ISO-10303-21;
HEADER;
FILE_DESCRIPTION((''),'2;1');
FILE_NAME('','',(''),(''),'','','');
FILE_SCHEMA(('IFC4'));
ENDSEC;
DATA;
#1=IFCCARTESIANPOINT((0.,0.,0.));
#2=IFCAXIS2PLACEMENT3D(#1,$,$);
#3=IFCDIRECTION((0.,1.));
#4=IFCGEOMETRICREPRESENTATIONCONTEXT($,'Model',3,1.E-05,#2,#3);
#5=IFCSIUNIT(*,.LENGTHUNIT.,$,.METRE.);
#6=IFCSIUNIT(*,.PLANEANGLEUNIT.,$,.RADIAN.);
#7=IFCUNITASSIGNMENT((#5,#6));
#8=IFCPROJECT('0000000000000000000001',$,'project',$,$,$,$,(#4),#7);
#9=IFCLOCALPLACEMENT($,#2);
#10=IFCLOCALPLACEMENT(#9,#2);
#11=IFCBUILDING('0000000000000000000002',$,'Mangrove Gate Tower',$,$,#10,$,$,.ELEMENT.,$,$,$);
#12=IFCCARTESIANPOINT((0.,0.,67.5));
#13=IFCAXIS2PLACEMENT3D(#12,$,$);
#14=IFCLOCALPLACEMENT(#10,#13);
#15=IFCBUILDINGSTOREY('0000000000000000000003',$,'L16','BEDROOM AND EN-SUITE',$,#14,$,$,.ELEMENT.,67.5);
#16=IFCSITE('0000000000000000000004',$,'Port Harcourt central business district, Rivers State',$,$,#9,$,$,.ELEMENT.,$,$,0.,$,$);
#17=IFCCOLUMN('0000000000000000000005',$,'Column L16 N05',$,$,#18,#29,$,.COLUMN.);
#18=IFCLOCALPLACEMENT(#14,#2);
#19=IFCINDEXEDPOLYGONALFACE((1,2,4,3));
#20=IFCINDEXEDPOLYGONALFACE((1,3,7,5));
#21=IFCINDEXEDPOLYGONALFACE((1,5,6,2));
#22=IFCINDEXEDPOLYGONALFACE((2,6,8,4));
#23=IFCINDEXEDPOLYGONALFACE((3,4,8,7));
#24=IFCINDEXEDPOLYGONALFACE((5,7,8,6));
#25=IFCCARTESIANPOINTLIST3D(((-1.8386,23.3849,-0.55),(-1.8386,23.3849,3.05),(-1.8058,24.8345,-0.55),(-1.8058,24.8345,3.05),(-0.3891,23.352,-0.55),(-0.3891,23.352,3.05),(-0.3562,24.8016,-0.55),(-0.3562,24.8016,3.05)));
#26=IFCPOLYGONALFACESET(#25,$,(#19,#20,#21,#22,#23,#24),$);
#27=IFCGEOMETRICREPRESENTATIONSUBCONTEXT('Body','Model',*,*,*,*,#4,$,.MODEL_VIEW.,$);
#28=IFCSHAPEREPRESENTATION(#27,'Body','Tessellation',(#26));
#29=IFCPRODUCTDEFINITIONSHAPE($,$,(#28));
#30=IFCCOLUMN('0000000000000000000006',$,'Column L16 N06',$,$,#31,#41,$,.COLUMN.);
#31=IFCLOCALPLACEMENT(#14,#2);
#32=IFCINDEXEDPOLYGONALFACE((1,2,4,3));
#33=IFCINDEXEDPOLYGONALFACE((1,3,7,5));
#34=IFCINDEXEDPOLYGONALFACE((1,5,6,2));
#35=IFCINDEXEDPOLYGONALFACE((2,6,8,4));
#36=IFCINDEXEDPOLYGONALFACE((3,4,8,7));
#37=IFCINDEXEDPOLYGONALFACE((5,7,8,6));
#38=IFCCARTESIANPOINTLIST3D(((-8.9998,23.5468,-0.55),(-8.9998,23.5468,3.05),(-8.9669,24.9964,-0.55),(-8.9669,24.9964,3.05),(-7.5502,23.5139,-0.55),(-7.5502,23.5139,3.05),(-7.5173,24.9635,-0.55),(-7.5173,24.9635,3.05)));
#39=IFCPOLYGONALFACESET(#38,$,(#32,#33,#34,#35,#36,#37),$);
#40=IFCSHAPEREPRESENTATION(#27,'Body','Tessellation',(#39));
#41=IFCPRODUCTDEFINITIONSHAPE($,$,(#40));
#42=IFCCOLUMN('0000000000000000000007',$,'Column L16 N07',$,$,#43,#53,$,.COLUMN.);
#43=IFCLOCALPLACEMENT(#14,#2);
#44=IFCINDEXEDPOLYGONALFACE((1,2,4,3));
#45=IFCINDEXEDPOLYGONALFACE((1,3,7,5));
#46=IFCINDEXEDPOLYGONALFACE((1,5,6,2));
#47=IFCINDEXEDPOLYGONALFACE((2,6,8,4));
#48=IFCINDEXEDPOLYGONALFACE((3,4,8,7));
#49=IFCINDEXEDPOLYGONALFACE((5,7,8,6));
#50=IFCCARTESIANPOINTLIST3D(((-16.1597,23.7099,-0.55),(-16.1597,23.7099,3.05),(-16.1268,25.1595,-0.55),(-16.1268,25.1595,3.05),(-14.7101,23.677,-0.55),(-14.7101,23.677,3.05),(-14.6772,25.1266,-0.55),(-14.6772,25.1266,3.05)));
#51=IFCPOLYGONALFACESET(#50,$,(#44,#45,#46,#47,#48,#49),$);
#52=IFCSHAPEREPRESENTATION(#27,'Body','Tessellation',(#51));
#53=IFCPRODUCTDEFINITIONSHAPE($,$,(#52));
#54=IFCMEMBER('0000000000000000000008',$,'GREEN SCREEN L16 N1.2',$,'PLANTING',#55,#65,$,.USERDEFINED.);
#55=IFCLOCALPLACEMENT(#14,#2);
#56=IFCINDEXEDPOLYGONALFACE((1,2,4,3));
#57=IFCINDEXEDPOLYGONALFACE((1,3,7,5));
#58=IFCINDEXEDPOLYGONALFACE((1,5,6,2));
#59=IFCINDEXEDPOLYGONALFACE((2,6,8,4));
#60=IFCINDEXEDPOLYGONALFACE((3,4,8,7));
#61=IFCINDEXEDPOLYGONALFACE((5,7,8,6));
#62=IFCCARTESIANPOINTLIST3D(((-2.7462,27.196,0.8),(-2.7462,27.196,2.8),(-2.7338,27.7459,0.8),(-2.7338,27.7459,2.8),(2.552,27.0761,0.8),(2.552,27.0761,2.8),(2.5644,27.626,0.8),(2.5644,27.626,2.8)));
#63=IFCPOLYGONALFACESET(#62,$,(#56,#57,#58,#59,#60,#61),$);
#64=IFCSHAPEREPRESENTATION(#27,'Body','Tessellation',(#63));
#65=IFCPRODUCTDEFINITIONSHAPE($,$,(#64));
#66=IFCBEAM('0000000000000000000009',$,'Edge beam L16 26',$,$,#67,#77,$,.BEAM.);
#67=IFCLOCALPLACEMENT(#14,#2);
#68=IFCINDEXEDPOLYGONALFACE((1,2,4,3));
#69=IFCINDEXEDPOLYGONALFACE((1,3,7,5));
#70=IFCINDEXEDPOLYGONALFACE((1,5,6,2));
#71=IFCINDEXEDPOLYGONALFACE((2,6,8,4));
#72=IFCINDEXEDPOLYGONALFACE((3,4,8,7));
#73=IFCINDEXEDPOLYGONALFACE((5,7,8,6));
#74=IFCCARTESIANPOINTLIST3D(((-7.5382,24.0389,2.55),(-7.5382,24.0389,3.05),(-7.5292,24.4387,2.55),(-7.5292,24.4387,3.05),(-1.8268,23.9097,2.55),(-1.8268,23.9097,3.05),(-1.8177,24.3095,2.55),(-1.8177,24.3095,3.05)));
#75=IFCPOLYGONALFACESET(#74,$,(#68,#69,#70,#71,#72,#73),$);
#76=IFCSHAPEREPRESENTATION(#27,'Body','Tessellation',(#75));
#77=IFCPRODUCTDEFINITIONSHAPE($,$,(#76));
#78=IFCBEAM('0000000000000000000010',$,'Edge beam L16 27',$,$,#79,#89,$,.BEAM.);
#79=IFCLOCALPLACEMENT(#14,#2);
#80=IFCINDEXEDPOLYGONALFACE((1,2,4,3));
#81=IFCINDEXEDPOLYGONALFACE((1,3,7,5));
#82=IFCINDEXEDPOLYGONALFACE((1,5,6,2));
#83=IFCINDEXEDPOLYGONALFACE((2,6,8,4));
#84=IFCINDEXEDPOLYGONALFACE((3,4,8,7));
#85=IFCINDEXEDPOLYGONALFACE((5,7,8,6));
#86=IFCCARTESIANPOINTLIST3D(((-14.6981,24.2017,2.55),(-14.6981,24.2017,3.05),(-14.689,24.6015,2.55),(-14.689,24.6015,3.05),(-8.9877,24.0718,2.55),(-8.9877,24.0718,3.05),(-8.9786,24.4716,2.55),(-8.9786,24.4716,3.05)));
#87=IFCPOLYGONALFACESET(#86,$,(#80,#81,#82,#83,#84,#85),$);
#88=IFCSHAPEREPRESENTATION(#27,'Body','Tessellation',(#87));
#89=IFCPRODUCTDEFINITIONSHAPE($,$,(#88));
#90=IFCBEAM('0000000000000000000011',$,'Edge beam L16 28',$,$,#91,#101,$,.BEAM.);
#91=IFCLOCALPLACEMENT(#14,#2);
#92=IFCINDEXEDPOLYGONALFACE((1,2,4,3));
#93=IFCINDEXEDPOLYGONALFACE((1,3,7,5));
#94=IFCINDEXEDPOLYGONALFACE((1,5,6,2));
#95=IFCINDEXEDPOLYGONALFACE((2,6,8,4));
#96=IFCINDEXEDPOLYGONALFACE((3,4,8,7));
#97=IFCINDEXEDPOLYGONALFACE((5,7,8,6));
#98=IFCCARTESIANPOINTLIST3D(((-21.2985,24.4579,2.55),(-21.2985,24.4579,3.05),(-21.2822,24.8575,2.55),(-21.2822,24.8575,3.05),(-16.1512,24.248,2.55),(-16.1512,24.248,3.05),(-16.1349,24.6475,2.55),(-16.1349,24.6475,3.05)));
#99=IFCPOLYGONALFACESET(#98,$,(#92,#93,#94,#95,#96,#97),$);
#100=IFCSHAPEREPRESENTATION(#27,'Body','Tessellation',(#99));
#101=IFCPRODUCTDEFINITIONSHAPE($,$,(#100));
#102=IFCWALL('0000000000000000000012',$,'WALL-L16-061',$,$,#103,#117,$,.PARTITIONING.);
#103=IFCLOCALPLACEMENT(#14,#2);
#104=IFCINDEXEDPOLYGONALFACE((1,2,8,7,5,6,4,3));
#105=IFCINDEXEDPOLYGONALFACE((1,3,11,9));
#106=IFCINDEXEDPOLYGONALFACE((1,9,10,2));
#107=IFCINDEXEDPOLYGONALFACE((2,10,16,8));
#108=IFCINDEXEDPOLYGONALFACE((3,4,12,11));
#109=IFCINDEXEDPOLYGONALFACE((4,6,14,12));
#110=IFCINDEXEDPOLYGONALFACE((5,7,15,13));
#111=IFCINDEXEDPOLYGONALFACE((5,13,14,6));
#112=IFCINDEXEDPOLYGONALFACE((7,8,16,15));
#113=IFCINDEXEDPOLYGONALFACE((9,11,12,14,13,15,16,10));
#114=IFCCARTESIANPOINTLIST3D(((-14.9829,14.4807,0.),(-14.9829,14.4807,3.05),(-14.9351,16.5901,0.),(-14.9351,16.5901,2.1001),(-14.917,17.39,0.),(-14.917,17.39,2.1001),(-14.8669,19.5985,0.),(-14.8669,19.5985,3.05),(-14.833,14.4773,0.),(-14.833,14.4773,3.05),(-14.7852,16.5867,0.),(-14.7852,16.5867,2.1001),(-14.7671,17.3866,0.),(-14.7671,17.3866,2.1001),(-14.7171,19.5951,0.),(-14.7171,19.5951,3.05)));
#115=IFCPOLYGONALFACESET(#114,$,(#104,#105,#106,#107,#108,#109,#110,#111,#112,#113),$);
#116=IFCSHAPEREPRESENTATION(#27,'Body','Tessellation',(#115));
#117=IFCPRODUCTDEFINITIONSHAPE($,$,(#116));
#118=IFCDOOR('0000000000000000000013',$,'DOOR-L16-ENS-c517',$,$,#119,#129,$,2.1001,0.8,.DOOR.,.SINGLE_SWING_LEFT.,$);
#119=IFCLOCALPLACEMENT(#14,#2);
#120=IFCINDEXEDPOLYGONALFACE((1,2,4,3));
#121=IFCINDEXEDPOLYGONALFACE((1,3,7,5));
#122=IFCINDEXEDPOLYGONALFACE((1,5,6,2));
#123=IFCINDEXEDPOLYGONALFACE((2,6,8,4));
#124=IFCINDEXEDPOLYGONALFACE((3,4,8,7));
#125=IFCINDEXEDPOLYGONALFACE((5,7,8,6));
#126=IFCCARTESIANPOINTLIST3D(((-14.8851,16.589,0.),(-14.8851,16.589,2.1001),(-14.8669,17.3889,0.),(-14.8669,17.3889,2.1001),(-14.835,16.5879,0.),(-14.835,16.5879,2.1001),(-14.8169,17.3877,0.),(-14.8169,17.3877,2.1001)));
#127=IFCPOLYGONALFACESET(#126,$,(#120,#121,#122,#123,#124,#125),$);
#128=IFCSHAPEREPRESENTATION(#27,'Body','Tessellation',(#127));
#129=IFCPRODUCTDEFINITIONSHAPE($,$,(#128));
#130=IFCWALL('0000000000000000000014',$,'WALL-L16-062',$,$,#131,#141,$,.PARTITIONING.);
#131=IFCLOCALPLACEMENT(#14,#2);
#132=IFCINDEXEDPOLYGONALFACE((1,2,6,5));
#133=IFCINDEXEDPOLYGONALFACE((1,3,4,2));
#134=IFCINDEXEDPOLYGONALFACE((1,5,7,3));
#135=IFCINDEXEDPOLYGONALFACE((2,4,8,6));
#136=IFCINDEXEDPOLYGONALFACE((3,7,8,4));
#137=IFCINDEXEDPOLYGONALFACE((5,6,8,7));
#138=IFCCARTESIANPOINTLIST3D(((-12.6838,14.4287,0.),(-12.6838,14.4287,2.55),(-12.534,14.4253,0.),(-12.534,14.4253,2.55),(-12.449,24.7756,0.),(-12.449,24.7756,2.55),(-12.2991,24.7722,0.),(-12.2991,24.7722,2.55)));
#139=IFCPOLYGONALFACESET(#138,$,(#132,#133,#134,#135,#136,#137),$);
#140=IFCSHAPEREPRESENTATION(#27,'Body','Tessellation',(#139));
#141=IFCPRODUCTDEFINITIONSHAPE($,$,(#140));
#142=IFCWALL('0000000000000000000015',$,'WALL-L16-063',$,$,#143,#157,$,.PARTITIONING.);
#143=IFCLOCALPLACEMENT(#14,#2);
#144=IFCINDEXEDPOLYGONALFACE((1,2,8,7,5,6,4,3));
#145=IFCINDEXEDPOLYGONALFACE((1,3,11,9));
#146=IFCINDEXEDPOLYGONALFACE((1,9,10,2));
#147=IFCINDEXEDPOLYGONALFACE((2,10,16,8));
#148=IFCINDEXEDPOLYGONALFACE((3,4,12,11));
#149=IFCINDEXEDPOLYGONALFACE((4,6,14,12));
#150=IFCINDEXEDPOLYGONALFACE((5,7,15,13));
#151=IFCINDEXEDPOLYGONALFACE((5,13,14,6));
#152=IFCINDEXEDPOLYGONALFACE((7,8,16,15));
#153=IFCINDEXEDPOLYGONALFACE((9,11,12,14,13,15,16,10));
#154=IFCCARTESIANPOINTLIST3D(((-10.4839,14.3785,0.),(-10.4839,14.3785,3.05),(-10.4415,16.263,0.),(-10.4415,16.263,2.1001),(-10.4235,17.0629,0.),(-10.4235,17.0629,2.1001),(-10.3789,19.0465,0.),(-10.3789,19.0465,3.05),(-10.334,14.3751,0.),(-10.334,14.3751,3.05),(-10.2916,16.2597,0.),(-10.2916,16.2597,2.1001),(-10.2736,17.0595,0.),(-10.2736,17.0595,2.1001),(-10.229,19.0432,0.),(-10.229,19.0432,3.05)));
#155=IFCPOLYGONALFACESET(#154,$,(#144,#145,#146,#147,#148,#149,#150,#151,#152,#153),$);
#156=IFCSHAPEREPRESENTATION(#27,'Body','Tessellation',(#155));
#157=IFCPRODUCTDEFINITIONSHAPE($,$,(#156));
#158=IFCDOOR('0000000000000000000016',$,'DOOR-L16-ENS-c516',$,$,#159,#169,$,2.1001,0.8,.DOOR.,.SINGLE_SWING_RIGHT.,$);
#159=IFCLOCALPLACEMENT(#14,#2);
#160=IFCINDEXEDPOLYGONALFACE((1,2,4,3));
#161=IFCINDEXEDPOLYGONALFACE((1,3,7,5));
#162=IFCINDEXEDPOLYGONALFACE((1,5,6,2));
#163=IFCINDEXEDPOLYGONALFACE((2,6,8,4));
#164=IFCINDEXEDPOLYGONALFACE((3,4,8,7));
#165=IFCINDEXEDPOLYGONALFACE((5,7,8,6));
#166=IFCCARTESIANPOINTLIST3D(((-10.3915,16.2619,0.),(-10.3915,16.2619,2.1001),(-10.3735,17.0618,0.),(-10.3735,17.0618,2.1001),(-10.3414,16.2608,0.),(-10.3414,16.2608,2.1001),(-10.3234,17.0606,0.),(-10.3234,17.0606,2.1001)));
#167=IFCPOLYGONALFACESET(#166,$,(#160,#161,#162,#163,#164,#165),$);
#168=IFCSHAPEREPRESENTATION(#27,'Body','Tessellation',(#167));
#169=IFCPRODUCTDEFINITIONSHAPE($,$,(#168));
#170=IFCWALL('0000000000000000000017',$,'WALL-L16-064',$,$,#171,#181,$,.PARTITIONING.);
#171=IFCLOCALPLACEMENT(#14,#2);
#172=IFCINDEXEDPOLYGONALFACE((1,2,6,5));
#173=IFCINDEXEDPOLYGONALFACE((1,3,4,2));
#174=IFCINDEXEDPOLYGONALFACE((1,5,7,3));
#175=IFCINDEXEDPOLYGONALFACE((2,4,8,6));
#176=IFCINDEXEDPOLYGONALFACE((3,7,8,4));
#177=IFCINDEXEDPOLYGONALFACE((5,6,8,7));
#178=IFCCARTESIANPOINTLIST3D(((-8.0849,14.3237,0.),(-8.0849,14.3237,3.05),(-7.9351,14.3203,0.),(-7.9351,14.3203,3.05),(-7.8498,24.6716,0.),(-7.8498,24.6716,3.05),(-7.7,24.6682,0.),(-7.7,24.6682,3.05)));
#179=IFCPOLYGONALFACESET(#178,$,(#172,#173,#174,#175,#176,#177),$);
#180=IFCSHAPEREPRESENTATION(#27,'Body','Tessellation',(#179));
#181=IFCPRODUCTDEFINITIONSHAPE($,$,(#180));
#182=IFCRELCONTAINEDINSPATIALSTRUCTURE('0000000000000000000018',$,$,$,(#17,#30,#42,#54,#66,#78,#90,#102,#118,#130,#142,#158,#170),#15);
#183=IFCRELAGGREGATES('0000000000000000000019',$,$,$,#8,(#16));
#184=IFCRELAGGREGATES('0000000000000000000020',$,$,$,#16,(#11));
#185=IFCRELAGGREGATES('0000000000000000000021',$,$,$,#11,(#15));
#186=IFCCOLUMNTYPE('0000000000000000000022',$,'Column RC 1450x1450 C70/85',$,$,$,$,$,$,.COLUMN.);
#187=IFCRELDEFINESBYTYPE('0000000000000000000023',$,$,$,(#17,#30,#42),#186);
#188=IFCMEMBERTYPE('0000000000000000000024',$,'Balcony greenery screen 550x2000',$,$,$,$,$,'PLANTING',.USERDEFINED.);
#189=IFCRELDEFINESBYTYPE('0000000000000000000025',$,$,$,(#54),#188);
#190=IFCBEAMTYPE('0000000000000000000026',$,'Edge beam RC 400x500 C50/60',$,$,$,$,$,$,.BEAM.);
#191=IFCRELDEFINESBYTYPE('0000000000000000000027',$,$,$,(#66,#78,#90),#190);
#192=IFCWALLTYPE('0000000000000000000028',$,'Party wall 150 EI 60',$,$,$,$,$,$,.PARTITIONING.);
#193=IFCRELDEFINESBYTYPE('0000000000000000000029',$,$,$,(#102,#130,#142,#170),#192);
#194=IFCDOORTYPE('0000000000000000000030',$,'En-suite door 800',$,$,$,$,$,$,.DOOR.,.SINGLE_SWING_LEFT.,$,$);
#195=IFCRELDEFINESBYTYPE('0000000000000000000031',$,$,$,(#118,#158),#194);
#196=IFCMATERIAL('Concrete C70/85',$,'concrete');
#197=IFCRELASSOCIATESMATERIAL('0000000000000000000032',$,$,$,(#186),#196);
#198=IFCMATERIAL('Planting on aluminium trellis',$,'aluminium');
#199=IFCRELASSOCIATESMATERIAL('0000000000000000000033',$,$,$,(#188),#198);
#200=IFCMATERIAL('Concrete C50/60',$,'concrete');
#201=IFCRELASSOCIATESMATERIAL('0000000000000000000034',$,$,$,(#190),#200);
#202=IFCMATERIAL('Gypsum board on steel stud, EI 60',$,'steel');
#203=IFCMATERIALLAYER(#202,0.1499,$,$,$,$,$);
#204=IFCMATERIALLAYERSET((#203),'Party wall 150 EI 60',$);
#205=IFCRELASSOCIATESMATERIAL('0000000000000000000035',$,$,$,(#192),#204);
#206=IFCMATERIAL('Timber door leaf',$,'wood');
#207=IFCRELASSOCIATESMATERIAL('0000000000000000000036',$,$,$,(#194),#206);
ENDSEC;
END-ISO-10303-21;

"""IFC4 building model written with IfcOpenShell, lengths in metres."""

from ifc_helpers import new_model, si_unit, direction, frame, frame_2d, origin, origin_2d, place, context, subcontext, project, spatial, rectangle, extrude, material, layer, layer_set, material_profile, profile_set, type_object, element, fill, save


model = new_model("IFC4")

# Units and contexts
model_context = context("Model", 3, precision=1e-05, world=origin(), true_north=direction((0.0, 1.0)))
body_context = subcontext(model_context, "Body", "Model", "MODEL_VIEW")
ifc_project = project(units=[si_unit("LENGTHUNIT", "METRE"), si_unit("PLANEANGLEUNIT", "RADIAN")], contexts=[model_context])

# Site, building, storey
site_placement = place(None, origin())
site = spatial("IfcSite", under=ifc_project, at=site_placement, Name="Port Harcourt central business district, Rivers State", CompositionType="ELEMENT", RefElevation=0.0)
building_placement = place(site_placement, origin())
building = spatial("IfcBuilding", under=site, at=building_placement, Name="Mangrove Gate Tower", CompositionType="ELEMENT")
storey_placement = place(building_placement, frame((0.0, 0.0, 67.5)))
storey = spatial("IfcBuildingStorey", under=building, at=storey_placement, Name="L16", Description="BEDROOM AND EN-SUITE", CompositionType="ELEMENT", Elevation=67.5)

# Columns
ifc_material_1 = material(Name="Concrete C70/85", Category="concrete")
ifc_material_profile_1 = material_profile(ifc_material_1, rectangle(XDim=1.45, YDim=1.45, at=origin_2d()))
ifc_profile_set_1 = profile_set([ifc_material_profile_1], Name="Concrete C70/85")
column_type = type_object("IfcColumnType", Name="Column RC 1450x1450 C70/85", PredefinedType="COLUMN", material=ifc_profile_set_1)
for number, where, z_axis, x_axis, name in (
    (1, (-1.0974, 24.0933, -0.55), (0.0, 0.0, 1.0), (-0.999743, 0.022688, 0.0), "Column L16 N05"),
    (2, (-8.2585, 24.2551, -0.55), (0.0, 0.0, 1.0), (-0.999743, 0.022688, 0.0), "Column L16 N06"),
    (3, (-15.4185, 24.4182, -0.55), (0.0, 0.0, 1.0), (-0.999743, 0.022688, 0.0), "Column L16 N07"),
):
    element("IfcColumn", number, at=place(storey_placement, frame(where, z_axis=z_axis, x_axis=x_axis)), inside=storey, type_object=column_type, Name=name, PredefinedType="COLUMN", context=body_context, shape_type="SweptSolid", body=[
        extrude(rectangle(XDim=1.45, YDim=1.45, at=origin_2d()), origin(), (0.0, 0.0, 1.0), 3.6001),
    ])

# Member
ifc_material_2 = material(Name="Planting on aluminium trellis", Category="aluminium")
ifc_material_profile_2 = material_profile(ifc_material_2, rectangle(XDim=0.55, YDim=2.0, at=origin_2d()))
ifc_profile_set_2 = profile_set([ifc_material_profile_2], Name="Planting on aluminium trellis")
member_type = type_object("IfcMemberType", Name="Balcony greenery screen 550x2000", ElementType="PLANTING", PredefinedType="USERDEFINED", material=ifc_profile_set_2)
member_placement = place(storey_placement, frame((-2.74, 27.4709, 1.8), z_axis=(0.999744, -0.02262, 0.0), x_axis=(0.02262, 0.999744, 0.0)))
element("IfcMember", 4, at=member_placement, inside=storey, type_object=member_type, Name="GREEN SCREEN L16 N1.2", ObjectType="PLANTING", PredefinedType="USERDEFINED", context=body_context, shape_type="SweptSolid", body=[
    extrude(rectangle(XDim=0.55, YDim=2.0, at=origin_2d()), origin(), (0.0, 0.0, 1.0), 5.2996),
])

# Beams
ifc_material_3 = material(Name="Concrete C50/60", Category="concrete")
ifc_material_profile_3 = material_profile(ifc_material_3, rectangle(XDim=0.3999, YDim=0.5, at=origin_2d()))
ifc_profile_set_3 = profile_set([ifc_material_profile_3], Name="Concrete C50/60")
beam_type = type_object("IfcBeamType", Name="Edge beam RC 400x500 C50/60", PredefinedType="BEAM", material=ifc_profile_set_3)
beam_1_placement = place(storey_placement, frame((-1.8223, 24.1096, 2.8), z_axis=(-0.999744, 0.022607, 0.0), x_axis=(-0.022607, -0.999744, 0.0)))
element("IfcBeam", 5, at=beam_1_placement, inside=storey, type_object=beam_type, Name="Edge beam L16 26", PredefinedType="BEAM", context=body_context, shape_type="SweptSolid", body=[
    extrude(rectangle(XDim=0.3999, YDim=0.5, at=origin_2d()), origin(), (0.0, 0.0, 1.0), 5.7129),
])
beam_2_placement = place(storey_placement, frame((-8.9832, 24.2717, 2.8), z_axis=(-0.999741, 0.022739, 0.0), x_axis=(-0.022739, -0.999741, 0.0)))
element("IfcBeam", 6, at=beam_2_placement, inside=storey, type_object=beam_type, Name="Edge beam L16 27", PredefinedType="BEAM", context=body_context, shape_type="SweptSolid", body=[
    extrude(rectangle(XDim=0.3999, YDim=0.5, at=origin_2d()), origin(), (0.0, 0.0, 1.0), 5.7119),
])
beam_3_placement = place(storey_placement, frame((-16.1431, 24.4478, 2.8), z_axis=(-0.999169, 0.040757, 0.0), x_axis=(-0.040757, -0.999169, 0.0)))
element("IfcBeam", 7, at=beam_3_placement, inside=storey, type_object=beam_type, Name="Edge beam L16 28", PredefinedType="BEAM", context=body_context, shape_type="SweptSolid", body=[
    extrude(rectangle(XDim=0.3999, YDim=0.5, at=origin_2d()), origin(), (0.0, 0.0, 1.0), 5.1516),
])

# Wall, opening, door
ifc_material_4 = material(Name="Gypsum board on steel stud, EI 60", Category="steel")
ifc_layer_1 = layer(ifc_material_4, 0.1499)
ifc_layer_set_1 = layer_set([ifc_layer_1], Name="Party wall 150 EI 60")
wall_type_1 = type_object("IfcWallType", Name="Party wall 150 EI 60", PredefinedType="PARTITIONING", material=ifc_layer_set_1)
wall_1_placement = place(storey_placement, frame((-14.908, 14.479, 0.0), z_axis=(0.0, 0.0, 1.0), x_axis=(0.022653, 0.999743, 0.0)))
wall_1 = element("IfcWall", 8, at=wall_1_placement, inside=storey, type_object=wall_type_1, Name="WALL-L16-061", PredefinedType="PARTITIONING", context=body_context, shape_type="SweptSolid", body=[
    extrude(rectangle(XDim=5.1191, YDim=0.1499, at=frame_2d((2.5596, 0.0))), origin(), (0.0, 0.0, 1.0), 3.05),
])
opening_1_placement = place(wall_1_placement, frame((2.1101, 0.0, 0.0)))
opening_1 = element("IfcOpeningElement", 9, at=opening_1_placement, cuts=wall_1, PredefinedType="OPENING", context=body_context, shape_type="SweptSolid", body=[
    extrude(rectangle(XDim=0.8, YDim=2.1001, at=frame_2d((0.3999, 1.05))), frame((0.0, 0.085, 0.0), z_axis=(0.0, -1.0, 0.0), x_axis=(1.0, 0.0, 0.0)), (0.0, 0.0, 1.0), 0.1699),
])
ifc_material_5 = material(Name="Timber door leaf", Category="wood")
door_type = type_object("IfcDoorType", Name="En-suite door 800", OperationType="SINGLE_SWING_LEFT", PredefinedType="DOOR", material=ifc_material_5)
door_1_placement = place(opening_1_placement, origin())
door_1 = element("IfcDoor", 10, at=door_1_placement, inside=storey, type_object=door_type, Name="DOOR-L16-ENS-c517", OperationType="SINGLE_SWING_LEFT", OverallHeight=2.1001, OverallWidth=0.8, PredefinedType="DOOR", context=body_context, shape_type="SweptSolid", body=[
    extrude(rectangle(XDim=0.8, YDim=2.1001, at=frame_2d((0.3999, 1.05))), frame((0.0, 0.0249, 0.0), z_axis=(0.0, -1.0, 0.0), x_axis=(1.0, 0.0, 0.0)), (0.0, 0.0, 1.0), 0.05),
])
fill(opening_1, door_1)

# Wall
wall_2_placement = place(storey_placement, frame((-12.6089, 14.427, 0.0), z_axis=(0.0, 0.0, 1.0), x_axis=(0.022693, 0.999742, 0.0)))
element("IfcWall", 11, at=wall_2_placement, inside=storey, type_object=wall_type_1, Name="WALL-L16-062", PredefinedType="PARTITIONING", context=body_context, shape_type="SweptSolid", body=[
    extrude(rectangle(XDim=10.3496, YDim=0.1499, at=frame_2d((5.1748, 0.0))), origin(), (0.0, 0.0, 1.0), 2.55),
])

# Wall, opening, door
wall_3_placement = place(storey_placement, frame((-10.4089, 14.377, 0.0), z_axis=(0.0, 0.0, 1.0), x_axis=(0.022484, 0.999747, 0.0)))
wall_3 = element("IfcWall", 12, at=wall_3_placement, inside=storey, type_object=wall_type_1, Name="WALL-L16-063", PredefinedType="PARTITIONING", context=body_context, shape_type="SweptSolid", body=[
    extrude(rectangle(XDim=4.6692, YDim=0.1499, at=frame_2d((2.3345, 0.0))), origin(), (0.0, 0.0, 1.0), 3.05),
])
opening_2_placement = place(wall_3_placement, frame((1.885, 0.0, 0.0)))
opening_2 = element("IfcOpeningElement", 13, at=opening_2_placement, cuts=wall_3, PredefinedType="OPENING", context=body_context, shape_type="SweptSolid", body=[
    extrude(rectangle(XDim=0.8, YDim=2.1001, at=frame_2d((0.3999, 1.05))), frame((0.0, 0.085, 0.0), z_axis=(0.0, -1.0, 0.0), x_axis=(1.0, 0.0, 0.0)), (0.0, 0.0, 1.0), 0.1699),
])
door_2_placement = place(opening_2_placement, origin())
door_2 = element("IfcDoor", 14, at=door_2_placement, inside=storey, type_object=door_type, Name="DOOR-L16-ENS-c516", OperationType="SINGLE_SWING_RIGHT", OverallHeight=2.1001, OverallWidth=0.8, PredefinedType="DOOR", context=body_context, shape_type="SweptSolid", body=[
    extrude(rectangle(XDim=0.8, YDim=2.1001, at=frame_2d((0.3999, 1.05))), frame((0.0, 0.0249, 0.0), z_axis=(0.0, -1.0, 0.0), x_axis=(1.0, 0.0, 0.0)), (0.0, 0.0, 1.0), 0.05),
])
fill(opening_2, door_2)

# Wall
wall_4_placement = place(storey_placement, frame((-8.01, 14.322, 0.0), z_axis=(0.0, 0.0, 1.0), x_axis=(0.022714, 0.999742, 0.0)))
element("IfcWall", 15, at=wall_4_placement, inside=storey, type_object=wall_type_1, Name="WALL-L16-064", PredefinedType="PARTITIONING", context=body_context, shape_type="SweptSolid", body=[
    extrude(rectangle(XDim=10.3506, YDim=0.1499, at=frame_2d((5.1753, 0.0))), origin(), (0.0, 0.0, 1.0), 3.05),
])

save(model, "model.ifc")
